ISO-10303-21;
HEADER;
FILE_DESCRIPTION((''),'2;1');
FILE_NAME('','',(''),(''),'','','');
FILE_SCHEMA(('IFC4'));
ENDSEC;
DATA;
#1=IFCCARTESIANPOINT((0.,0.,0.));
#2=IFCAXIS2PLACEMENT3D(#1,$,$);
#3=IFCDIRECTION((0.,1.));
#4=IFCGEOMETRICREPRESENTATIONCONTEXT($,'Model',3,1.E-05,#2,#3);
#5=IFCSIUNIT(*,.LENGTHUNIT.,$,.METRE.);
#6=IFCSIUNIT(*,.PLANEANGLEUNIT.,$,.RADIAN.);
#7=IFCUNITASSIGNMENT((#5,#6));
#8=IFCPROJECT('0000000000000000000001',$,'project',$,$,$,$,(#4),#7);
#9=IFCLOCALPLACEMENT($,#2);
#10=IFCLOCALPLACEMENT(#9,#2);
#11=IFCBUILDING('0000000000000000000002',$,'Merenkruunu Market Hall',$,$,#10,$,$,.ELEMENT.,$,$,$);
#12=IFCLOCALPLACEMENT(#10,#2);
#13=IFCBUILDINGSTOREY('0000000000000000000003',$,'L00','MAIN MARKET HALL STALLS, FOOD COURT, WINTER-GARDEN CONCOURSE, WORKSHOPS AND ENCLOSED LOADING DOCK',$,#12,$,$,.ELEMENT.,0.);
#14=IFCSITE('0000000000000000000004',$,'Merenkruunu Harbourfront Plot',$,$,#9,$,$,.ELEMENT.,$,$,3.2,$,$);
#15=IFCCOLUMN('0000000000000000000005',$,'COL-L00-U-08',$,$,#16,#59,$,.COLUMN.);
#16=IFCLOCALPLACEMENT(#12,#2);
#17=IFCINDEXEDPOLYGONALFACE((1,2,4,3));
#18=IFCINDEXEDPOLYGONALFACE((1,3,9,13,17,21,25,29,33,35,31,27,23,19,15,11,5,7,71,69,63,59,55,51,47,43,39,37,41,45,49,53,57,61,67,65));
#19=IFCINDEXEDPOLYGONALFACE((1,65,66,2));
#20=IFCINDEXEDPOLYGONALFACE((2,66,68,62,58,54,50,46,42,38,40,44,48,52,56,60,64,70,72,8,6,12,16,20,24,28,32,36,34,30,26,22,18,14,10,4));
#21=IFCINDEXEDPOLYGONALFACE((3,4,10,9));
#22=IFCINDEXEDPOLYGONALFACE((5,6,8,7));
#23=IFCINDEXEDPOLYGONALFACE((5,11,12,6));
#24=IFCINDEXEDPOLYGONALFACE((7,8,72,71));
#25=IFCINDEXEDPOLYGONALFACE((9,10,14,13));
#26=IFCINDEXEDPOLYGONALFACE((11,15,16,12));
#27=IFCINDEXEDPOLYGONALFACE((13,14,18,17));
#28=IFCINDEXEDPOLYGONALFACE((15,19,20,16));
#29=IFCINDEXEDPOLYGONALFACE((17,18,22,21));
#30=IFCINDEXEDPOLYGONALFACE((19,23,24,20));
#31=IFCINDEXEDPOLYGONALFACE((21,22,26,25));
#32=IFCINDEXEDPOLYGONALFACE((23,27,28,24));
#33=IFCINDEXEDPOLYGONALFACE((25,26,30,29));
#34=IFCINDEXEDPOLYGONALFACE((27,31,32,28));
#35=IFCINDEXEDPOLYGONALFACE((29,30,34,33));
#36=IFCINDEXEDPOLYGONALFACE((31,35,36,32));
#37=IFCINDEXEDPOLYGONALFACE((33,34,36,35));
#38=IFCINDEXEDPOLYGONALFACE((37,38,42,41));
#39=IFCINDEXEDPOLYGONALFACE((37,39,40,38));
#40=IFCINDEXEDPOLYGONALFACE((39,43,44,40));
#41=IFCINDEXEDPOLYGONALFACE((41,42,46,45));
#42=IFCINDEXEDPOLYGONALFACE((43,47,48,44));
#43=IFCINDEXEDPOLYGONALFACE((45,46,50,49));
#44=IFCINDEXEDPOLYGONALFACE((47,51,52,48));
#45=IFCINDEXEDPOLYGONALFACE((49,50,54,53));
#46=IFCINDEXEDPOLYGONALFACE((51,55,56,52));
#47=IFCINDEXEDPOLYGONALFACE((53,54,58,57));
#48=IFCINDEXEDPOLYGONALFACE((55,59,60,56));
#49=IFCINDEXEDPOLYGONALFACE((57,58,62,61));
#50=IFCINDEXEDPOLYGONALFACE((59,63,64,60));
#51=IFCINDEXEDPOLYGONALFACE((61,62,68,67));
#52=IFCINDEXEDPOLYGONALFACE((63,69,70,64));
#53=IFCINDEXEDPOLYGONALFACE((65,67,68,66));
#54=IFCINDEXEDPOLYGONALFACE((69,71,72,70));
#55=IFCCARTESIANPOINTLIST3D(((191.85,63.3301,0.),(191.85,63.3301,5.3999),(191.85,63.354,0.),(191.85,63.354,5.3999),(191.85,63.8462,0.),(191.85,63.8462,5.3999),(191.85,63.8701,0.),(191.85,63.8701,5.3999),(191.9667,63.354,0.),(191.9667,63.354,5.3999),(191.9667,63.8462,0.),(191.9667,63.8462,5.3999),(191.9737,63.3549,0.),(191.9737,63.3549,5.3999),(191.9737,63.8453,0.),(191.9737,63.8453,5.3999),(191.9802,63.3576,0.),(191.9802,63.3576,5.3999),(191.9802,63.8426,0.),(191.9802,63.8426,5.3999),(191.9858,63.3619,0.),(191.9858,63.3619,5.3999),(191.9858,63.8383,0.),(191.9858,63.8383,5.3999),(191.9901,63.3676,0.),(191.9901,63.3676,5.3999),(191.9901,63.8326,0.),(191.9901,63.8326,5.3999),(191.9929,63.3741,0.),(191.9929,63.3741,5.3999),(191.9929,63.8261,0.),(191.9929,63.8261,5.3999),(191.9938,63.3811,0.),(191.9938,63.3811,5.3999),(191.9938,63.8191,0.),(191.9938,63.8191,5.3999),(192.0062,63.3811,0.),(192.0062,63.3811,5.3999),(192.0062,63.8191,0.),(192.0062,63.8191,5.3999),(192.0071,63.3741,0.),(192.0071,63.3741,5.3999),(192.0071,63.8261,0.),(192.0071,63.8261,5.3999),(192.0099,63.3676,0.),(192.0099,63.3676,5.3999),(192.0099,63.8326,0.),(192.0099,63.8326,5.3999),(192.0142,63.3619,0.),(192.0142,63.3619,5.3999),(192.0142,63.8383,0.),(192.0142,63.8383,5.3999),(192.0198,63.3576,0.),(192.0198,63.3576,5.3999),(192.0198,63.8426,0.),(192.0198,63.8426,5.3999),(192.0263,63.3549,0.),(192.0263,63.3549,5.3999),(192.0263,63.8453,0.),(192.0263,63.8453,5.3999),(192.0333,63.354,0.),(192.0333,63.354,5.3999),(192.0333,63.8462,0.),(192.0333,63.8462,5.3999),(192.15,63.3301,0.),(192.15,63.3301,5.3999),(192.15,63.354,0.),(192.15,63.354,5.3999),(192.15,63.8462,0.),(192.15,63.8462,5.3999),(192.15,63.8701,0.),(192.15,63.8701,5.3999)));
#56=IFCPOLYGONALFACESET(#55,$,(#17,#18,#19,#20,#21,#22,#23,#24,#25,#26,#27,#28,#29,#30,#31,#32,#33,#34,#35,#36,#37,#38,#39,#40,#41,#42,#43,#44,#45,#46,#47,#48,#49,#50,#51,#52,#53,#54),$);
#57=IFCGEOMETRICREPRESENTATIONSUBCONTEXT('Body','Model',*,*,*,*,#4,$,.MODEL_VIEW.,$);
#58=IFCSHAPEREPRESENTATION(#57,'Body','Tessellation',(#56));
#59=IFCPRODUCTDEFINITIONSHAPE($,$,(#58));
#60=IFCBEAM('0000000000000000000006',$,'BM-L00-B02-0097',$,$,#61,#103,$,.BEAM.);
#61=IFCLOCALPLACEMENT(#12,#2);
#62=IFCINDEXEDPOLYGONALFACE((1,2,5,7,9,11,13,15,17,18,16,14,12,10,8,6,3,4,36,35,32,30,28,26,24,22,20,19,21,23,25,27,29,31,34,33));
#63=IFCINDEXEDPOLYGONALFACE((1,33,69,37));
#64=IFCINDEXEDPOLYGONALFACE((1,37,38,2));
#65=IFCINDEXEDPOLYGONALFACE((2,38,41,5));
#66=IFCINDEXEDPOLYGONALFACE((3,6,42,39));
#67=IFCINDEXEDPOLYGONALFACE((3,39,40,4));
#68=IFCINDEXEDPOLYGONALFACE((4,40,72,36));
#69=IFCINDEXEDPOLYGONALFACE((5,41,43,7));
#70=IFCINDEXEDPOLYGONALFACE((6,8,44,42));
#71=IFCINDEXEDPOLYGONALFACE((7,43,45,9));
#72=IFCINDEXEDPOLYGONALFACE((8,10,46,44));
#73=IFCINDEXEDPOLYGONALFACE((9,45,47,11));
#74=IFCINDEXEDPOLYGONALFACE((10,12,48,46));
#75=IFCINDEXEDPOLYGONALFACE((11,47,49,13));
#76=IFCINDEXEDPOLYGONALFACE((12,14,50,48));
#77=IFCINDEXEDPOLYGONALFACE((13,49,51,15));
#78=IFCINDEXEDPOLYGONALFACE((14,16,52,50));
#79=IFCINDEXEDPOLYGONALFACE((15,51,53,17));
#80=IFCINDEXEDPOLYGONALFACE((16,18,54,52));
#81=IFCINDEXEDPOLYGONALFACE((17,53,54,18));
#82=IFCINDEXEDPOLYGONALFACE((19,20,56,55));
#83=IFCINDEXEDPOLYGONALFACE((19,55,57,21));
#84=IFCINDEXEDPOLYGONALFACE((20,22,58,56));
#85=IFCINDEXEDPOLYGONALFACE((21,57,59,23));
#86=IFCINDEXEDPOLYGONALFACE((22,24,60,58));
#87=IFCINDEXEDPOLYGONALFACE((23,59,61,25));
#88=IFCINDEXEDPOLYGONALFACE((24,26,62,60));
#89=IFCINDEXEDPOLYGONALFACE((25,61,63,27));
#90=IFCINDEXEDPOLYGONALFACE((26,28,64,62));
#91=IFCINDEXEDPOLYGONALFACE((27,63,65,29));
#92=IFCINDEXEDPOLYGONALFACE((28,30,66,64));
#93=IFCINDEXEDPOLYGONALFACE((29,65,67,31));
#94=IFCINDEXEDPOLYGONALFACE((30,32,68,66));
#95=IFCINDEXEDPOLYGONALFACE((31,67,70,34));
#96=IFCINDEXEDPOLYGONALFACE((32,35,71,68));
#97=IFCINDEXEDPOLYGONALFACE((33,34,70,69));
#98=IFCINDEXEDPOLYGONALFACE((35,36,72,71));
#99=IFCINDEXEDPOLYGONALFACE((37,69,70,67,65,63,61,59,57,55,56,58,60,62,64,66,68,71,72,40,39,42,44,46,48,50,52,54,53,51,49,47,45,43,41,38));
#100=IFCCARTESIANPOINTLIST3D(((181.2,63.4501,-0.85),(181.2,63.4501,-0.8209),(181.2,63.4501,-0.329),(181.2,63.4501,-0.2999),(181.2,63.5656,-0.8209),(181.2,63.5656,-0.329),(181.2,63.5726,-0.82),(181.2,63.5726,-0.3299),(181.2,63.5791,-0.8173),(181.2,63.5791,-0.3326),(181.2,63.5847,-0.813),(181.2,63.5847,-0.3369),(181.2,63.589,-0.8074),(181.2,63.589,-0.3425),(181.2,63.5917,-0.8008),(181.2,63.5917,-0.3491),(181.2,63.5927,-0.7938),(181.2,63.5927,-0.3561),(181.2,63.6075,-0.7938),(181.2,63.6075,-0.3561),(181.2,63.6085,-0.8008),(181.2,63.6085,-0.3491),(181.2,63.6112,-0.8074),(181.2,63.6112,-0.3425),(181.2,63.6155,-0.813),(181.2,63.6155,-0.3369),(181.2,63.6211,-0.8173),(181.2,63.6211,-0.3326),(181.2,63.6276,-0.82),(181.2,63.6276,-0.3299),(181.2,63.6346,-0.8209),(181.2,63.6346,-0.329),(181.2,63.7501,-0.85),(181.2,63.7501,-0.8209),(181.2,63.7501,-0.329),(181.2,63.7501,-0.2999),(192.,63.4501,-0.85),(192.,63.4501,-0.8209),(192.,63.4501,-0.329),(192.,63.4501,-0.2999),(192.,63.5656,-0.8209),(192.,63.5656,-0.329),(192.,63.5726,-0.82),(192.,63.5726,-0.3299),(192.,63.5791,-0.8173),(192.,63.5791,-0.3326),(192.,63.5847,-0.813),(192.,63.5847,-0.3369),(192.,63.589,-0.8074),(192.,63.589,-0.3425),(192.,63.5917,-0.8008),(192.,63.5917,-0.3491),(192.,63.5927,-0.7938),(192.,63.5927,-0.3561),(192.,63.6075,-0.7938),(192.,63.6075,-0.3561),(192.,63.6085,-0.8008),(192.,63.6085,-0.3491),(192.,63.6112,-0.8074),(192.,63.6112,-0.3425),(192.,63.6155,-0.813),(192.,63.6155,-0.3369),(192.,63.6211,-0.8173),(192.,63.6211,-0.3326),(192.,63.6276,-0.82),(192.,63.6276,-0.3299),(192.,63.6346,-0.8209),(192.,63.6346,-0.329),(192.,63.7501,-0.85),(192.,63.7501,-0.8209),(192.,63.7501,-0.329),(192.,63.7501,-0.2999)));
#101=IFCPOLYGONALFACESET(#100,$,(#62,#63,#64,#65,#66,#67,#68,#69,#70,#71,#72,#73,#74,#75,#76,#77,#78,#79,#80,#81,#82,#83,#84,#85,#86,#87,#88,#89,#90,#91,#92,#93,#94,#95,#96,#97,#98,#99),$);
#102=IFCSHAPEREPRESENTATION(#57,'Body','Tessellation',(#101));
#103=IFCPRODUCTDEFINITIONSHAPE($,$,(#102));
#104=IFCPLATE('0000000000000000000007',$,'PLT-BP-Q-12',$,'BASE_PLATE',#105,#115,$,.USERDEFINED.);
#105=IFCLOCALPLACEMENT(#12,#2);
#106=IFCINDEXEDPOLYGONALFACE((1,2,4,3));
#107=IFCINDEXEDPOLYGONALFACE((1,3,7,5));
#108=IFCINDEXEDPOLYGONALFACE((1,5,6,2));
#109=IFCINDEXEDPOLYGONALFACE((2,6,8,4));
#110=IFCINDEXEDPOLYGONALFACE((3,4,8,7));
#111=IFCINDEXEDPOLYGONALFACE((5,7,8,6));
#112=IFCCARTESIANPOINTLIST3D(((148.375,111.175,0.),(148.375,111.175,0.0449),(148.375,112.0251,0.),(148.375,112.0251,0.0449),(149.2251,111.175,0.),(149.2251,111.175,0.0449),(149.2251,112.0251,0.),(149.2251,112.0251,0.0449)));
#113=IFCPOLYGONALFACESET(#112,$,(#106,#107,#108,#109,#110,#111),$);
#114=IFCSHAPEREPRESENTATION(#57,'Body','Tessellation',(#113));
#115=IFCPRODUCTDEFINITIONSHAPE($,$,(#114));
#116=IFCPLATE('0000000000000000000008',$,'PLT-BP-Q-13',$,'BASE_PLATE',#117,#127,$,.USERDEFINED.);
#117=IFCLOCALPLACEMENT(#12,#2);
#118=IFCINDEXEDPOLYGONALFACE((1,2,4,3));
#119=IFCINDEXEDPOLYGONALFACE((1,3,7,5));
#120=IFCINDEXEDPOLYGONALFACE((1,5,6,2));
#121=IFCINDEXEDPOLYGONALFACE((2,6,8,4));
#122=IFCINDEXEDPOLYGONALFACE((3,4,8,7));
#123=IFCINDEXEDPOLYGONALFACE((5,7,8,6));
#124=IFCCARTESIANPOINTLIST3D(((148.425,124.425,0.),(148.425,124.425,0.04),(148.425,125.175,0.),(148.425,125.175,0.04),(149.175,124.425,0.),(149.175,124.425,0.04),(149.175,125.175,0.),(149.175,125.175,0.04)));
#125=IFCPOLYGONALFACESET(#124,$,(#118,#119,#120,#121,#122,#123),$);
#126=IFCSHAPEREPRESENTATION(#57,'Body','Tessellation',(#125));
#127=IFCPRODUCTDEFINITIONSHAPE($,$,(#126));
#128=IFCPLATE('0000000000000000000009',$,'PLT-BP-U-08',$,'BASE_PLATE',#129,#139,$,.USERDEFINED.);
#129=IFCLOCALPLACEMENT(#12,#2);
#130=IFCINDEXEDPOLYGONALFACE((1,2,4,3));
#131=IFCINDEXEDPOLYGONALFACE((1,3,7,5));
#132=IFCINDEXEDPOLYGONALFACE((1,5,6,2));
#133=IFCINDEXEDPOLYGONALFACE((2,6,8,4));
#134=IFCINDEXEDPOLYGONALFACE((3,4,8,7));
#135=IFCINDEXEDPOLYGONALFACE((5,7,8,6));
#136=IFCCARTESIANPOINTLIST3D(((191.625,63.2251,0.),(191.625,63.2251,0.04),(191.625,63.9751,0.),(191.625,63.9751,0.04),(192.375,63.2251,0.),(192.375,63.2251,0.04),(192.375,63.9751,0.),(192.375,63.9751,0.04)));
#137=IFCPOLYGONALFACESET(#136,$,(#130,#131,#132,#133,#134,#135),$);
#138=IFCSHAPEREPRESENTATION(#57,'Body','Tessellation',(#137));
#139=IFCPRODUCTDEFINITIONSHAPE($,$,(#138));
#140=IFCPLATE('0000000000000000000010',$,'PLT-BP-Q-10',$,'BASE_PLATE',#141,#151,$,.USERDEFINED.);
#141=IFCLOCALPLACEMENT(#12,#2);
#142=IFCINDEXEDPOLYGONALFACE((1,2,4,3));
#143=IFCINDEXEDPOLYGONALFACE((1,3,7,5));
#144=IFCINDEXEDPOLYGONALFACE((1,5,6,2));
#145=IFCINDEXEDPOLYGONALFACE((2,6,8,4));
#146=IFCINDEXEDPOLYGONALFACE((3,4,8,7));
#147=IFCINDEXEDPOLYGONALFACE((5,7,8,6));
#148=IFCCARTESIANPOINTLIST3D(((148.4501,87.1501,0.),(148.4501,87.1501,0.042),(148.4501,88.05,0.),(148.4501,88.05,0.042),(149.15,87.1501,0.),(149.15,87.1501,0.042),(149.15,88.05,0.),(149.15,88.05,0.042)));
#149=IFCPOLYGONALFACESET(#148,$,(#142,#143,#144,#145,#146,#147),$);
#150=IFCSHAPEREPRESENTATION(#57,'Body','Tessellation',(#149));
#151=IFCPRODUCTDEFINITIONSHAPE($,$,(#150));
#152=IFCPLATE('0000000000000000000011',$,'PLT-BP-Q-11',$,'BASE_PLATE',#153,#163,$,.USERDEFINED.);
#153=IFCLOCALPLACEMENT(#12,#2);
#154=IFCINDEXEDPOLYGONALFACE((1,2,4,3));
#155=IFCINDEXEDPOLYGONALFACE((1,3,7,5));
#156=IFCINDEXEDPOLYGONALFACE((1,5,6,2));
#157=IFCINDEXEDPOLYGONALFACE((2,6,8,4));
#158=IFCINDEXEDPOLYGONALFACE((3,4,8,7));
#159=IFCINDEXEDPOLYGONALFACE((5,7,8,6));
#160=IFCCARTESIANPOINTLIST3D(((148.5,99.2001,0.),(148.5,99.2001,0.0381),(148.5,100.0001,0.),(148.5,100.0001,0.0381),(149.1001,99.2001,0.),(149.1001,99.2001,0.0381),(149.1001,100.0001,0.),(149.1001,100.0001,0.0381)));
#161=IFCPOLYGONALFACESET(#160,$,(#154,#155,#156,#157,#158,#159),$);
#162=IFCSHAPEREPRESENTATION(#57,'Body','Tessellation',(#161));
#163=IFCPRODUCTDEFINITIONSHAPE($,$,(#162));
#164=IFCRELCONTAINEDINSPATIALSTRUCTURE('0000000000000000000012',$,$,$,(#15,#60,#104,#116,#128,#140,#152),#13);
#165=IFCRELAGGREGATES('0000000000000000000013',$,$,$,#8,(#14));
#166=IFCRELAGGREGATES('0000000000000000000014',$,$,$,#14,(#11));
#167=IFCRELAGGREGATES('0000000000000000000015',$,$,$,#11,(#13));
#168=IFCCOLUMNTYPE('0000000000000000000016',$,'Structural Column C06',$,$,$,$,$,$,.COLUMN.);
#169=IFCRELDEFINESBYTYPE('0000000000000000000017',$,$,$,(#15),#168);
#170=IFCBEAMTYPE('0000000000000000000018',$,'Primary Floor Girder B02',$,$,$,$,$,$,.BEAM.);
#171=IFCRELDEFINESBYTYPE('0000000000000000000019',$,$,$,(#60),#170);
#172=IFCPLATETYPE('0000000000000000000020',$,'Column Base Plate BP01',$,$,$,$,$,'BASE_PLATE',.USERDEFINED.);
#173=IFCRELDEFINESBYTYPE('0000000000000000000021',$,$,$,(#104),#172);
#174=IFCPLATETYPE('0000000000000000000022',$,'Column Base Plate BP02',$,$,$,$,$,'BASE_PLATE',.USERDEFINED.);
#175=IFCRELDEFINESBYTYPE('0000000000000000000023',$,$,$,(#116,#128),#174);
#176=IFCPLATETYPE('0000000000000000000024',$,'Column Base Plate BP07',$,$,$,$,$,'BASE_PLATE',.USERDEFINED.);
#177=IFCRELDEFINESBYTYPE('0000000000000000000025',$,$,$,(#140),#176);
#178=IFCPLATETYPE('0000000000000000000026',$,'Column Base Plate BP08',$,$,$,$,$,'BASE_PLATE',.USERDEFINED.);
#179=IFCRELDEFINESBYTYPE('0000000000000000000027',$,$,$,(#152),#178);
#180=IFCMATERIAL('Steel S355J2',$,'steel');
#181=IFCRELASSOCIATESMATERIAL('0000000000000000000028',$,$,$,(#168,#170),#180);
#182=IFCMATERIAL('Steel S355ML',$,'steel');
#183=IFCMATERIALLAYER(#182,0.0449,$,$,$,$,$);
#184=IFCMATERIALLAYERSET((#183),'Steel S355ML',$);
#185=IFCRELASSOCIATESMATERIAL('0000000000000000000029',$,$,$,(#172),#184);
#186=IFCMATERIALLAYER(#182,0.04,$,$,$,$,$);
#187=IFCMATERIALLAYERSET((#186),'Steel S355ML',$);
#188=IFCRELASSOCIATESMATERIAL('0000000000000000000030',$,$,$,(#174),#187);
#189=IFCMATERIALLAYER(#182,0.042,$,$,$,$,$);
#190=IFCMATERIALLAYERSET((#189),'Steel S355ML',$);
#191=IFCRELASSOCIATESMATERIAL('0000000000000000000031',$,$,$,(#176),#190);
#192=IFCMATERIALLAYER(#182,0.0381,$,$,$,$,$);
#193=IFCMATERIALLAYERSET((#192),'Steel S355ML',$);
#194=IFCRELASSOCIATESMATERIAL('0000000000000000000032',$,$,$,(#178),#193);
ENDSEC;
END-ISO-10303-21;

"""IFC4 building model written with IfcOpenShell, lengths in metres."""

from ifc_helpers import new_model, si_unit, direction, frame, origin, origin_2d, place, context, subcontext, project, spatial, rectangle, i_section, extrude, material, layer, layer_set, material_profile, profile_set, type_object, element, save


model = new_model("IFC4")

# Units and contexts
model_context = context("Model", 3, precision=1e-05, world=origin(), true_north=direction((0.0, 1.0)))
body_context = subcontext(model_context, "Body", "Model", "MODEL_VIEW")
ifc_project = project(units=[si_unit("LENGTHUNIT", "METRE"), si_unit("PLANEANGLEUNIT", "RADIAN")], contexts=[model_context])

# Site, building, storey
site_placement = place(None, origin())
site = spatial("IfcSite", under=ifc_project, at=site_placement, Name="Merenkruunu Harbourfront Plot", CompositionType="ELEMENT", RefElevation=3.2)
building_placement = place(site_placement, origin())
building = spatial("IfcBuilding", under=site, at=building_placement, Name="Merenkruunu Market Hall", CompositionType="ELEMENT")
storey_placement = place(building_placement, origin())
storey = spatial("IfcBuildingStorey", under=building, at=storey_placement, Name="L00", Description="MAIN MARKET HALL STALLS, FOOD COURT, WINTER-GARDEN CONCOURSE, WORKSHOPS AND ENCLOSED LOADING DOCK", CompositionType="ELEMENT", Elevation=0.0)

# Column
ifc_material_1 = material(Name="Steel S355J2", Category="steel")
ifc_material_profile_1 = material_profile(ifc_material_1, i_section(OverallWidth=0.3, OverallDepth=0.54, WebThickness=0.0125, FlangeThickness=0.0239, FilletRadius=0.0271, at=origin_2d()), Name="HEA 550")
ifc_profile_set_1 = profile_set([ifc_material_profile_1], Name="Steel S355J2")
column_type = type_object("IfcColumnType", Name="Structural Column C06", PredefinedType="COLUMN", material=ifc_profile_set_1)
column_placement = place(storey_placement, frame((192.0, 63.6001, 0.0), z_axis=(0.0, 0.0, 1.0), x_axis=(1.0, 0.0, 0.0)))
element("IfcColumn", 1, at=column_placement, inside=storey, type_object=column_type, Name="COL-L00-U-08", PredefinedType="COLUMN", context=body_context, shape_type="SweptSolid", body=[
    extrude(i_section(OverallWidth=0.3, OverallDepth=0.54, WebThickness=0.0125, FlangeThickness=0.0239, FilletRadius=0.0271, at=origin_2d()), origin(), (0.0, 0.0, 1.0), 5.3999),
])

# Beam
ifc_material_profile_2 = material_profile(ifc_material_1, i_section(OverallWidth=0.3, OverallDepth=0.55, WebThickness=0.0149, FlangeThickness=0.0291, FilletRadius=0.0271, at=origin_2d()), Name="HEB 550")
ifc_profile_set_2 = profile_set([ifc_material_profile_2], Name="Steel S355J2")
beam_type = type_object("IfcBeamType", Name="Primary Floor Girder B02", PredefinedType="BEAM", material=ifc_profile_set_2)
beam_placement = place(storey_placement, frame((181.2, 63.6001, -0.575), z_axis=(1.0, 0.0, 0.0), x_axis=(0.0, 1.0, 0.0)))
element("IfcBeam", 2, at=beam_placement, inside=storey, type_object=beam_type, Name="BM-L00-B02-0097", PredefinedType="BEAM", context=body_context, shape_type="SweptSolid", body=[
    extrude(i_section(OverallWidth=0.3, OverallDepth=0.55, WebThickness=0.0149, FlangeThickness=0.0291, FilletRadius=0.0271, at=origin_2d()), origin(), (0.0, 0.0, 1.0), 10.8),
])

# Plates
ifc_material_2 = material(Name="Steel S355ML", Category="steel")
ifc_layer_1 = layer(ifc_material_2, 0.0449)
ifc_layer_set_1 = layer_set([ifc_layer_1], Name="Steel S355ML")
plate_type_1 = type_object("IfcPlateType", Name="Column Base Plate BP01", ElementType="BASE_PLATE", PredefinedType="USERDEFINED", material=ifc_layer_set_1)
plate_1_placement = place(storey_placement, frame((148.8, 111.6001, 0.0), z_axis=(0.0, 0.0, 1.0), x_axis=(1.0, 0.0, 0.0)))
element("IfcPlate", 3, at=plate_1_placement, inside=storey, type_object=plate_type_1, Name="PLT-BP-Q-12", ObjectType="BASE_PLATE", PredefinedType="USERDEFINED", context=body_context, shape_type="SweptSolid", body=[
    extrude(rectangle(XDim=0.8501, YDim=0.8501, at=origin_2d()), origin(), (0.0, 0.0, 1.0), 0.0449),
])
ifc_layer_2 = layer(ifc_material_2, 0.04)
ifc_layer_set_2 = layer_set([ifc_layer_2], Name="Steel S355ML")
plate_type_2 = type_object("IfcPlateType", Name="Column Base Plate BP02", ElementType="BASE_PLATE", PredefinedType="USERDEFINED", material=ifc_layer_set_2)
for number, where, z_axis, x_axis, name in (
    (4, (148.8, 124.8, 0.0), (0.0, 0.0, 1.0), (1.0, 0.0, 0.0), "PLT-BP-Q-13"),
    (5, (192.0, 63.6001, 0.0), (0.0, 0.0, 1.0), (1.0, 0.0, 0.0), "PLT-BP-U-08"),
):
    element("IfcPlate", number, at=place(storey_placement, frame(where, z_axis=z_axis, x_axis=x_axis)), inside=storey, type_object=plate_type_2, Name=name, ObjectType="BASE_PLATE", PredefinedType="USERDEFINED", context=body_context, shape_type="SweptSolid", body=[
        extrude(rectangle(XDim=0.75, YDim=0.75, at=origin_2d()), origin(), (0.0, 0.0, 1.0), 0.04),
    ])
ifc_layer_3 = layer(ifc_material_2, 0.042)
ifc_layer_set_3 = layer_set([ifc_layer_3], Name="Steel S355ML")
plate_type_3 = type_object("IfcPlateType", Name="Column Base Plate BP07", ElementType="BASE_PLATE", PredefinedType="USERDEFINED", material=ifc_layer_set_3)
plate_2_placement = place(storey_placement, frame((148.8, 87.6001, 0.0), z_axis=(0.0, 0.0, 1.0), x_axis=(1.0, 0.0, 0.0)))
element("IfcPlate", 6, at=plate_2_placement, inside=storey, type_object=plate_type_3, Name="PLT-BP-Q-10", ObjectType="BASE_PLATE", PredefinedType="USERDEFINED", context=body_context, shape_type="SweptSolid", body=[
    extrude(rectangle(XDim=0.7, YDim=0.8999, at=origin_2d()), origin(), (0.0, 0.0, 1.0), 0.042),
])
ifc_layer_4 = layer(ifc_material_2, 0.0381)
ifc_layer_set_4 = layer_set([ifc_layer_4], Name="Steel S355ML")
plate_type_4 = type_object("IfcPlateType", Name="Column Base Plate BP08", ElementType="BASE_PLATE", PredefinedType="USERDEFINED", material=ifc_layer_set_4)
plate_3_placement = place(storey_placement, frame((148.8, 99.6001, 0.0), z_axis=(0.0, 0.0, 1.0), x_axis=(1.0, 0.0, 0.0)))
element("IfcPlate", 7, at=plate_3_placement, inside=storey, type_object=plate_type_4, Name="PLT-BP-Q-11", ObjectType="BASE_PLATE", PredefinedType="USERDEFINED", context=body_context, shape_type="SweptSolid", body=[
    extrude(rectangle(XDim=0.6001, YDim=0.8, at=origin_2d()), origin(), (0.0, 0.0, 1.0), 0.0381),
])

save(model, "model.ifc")
